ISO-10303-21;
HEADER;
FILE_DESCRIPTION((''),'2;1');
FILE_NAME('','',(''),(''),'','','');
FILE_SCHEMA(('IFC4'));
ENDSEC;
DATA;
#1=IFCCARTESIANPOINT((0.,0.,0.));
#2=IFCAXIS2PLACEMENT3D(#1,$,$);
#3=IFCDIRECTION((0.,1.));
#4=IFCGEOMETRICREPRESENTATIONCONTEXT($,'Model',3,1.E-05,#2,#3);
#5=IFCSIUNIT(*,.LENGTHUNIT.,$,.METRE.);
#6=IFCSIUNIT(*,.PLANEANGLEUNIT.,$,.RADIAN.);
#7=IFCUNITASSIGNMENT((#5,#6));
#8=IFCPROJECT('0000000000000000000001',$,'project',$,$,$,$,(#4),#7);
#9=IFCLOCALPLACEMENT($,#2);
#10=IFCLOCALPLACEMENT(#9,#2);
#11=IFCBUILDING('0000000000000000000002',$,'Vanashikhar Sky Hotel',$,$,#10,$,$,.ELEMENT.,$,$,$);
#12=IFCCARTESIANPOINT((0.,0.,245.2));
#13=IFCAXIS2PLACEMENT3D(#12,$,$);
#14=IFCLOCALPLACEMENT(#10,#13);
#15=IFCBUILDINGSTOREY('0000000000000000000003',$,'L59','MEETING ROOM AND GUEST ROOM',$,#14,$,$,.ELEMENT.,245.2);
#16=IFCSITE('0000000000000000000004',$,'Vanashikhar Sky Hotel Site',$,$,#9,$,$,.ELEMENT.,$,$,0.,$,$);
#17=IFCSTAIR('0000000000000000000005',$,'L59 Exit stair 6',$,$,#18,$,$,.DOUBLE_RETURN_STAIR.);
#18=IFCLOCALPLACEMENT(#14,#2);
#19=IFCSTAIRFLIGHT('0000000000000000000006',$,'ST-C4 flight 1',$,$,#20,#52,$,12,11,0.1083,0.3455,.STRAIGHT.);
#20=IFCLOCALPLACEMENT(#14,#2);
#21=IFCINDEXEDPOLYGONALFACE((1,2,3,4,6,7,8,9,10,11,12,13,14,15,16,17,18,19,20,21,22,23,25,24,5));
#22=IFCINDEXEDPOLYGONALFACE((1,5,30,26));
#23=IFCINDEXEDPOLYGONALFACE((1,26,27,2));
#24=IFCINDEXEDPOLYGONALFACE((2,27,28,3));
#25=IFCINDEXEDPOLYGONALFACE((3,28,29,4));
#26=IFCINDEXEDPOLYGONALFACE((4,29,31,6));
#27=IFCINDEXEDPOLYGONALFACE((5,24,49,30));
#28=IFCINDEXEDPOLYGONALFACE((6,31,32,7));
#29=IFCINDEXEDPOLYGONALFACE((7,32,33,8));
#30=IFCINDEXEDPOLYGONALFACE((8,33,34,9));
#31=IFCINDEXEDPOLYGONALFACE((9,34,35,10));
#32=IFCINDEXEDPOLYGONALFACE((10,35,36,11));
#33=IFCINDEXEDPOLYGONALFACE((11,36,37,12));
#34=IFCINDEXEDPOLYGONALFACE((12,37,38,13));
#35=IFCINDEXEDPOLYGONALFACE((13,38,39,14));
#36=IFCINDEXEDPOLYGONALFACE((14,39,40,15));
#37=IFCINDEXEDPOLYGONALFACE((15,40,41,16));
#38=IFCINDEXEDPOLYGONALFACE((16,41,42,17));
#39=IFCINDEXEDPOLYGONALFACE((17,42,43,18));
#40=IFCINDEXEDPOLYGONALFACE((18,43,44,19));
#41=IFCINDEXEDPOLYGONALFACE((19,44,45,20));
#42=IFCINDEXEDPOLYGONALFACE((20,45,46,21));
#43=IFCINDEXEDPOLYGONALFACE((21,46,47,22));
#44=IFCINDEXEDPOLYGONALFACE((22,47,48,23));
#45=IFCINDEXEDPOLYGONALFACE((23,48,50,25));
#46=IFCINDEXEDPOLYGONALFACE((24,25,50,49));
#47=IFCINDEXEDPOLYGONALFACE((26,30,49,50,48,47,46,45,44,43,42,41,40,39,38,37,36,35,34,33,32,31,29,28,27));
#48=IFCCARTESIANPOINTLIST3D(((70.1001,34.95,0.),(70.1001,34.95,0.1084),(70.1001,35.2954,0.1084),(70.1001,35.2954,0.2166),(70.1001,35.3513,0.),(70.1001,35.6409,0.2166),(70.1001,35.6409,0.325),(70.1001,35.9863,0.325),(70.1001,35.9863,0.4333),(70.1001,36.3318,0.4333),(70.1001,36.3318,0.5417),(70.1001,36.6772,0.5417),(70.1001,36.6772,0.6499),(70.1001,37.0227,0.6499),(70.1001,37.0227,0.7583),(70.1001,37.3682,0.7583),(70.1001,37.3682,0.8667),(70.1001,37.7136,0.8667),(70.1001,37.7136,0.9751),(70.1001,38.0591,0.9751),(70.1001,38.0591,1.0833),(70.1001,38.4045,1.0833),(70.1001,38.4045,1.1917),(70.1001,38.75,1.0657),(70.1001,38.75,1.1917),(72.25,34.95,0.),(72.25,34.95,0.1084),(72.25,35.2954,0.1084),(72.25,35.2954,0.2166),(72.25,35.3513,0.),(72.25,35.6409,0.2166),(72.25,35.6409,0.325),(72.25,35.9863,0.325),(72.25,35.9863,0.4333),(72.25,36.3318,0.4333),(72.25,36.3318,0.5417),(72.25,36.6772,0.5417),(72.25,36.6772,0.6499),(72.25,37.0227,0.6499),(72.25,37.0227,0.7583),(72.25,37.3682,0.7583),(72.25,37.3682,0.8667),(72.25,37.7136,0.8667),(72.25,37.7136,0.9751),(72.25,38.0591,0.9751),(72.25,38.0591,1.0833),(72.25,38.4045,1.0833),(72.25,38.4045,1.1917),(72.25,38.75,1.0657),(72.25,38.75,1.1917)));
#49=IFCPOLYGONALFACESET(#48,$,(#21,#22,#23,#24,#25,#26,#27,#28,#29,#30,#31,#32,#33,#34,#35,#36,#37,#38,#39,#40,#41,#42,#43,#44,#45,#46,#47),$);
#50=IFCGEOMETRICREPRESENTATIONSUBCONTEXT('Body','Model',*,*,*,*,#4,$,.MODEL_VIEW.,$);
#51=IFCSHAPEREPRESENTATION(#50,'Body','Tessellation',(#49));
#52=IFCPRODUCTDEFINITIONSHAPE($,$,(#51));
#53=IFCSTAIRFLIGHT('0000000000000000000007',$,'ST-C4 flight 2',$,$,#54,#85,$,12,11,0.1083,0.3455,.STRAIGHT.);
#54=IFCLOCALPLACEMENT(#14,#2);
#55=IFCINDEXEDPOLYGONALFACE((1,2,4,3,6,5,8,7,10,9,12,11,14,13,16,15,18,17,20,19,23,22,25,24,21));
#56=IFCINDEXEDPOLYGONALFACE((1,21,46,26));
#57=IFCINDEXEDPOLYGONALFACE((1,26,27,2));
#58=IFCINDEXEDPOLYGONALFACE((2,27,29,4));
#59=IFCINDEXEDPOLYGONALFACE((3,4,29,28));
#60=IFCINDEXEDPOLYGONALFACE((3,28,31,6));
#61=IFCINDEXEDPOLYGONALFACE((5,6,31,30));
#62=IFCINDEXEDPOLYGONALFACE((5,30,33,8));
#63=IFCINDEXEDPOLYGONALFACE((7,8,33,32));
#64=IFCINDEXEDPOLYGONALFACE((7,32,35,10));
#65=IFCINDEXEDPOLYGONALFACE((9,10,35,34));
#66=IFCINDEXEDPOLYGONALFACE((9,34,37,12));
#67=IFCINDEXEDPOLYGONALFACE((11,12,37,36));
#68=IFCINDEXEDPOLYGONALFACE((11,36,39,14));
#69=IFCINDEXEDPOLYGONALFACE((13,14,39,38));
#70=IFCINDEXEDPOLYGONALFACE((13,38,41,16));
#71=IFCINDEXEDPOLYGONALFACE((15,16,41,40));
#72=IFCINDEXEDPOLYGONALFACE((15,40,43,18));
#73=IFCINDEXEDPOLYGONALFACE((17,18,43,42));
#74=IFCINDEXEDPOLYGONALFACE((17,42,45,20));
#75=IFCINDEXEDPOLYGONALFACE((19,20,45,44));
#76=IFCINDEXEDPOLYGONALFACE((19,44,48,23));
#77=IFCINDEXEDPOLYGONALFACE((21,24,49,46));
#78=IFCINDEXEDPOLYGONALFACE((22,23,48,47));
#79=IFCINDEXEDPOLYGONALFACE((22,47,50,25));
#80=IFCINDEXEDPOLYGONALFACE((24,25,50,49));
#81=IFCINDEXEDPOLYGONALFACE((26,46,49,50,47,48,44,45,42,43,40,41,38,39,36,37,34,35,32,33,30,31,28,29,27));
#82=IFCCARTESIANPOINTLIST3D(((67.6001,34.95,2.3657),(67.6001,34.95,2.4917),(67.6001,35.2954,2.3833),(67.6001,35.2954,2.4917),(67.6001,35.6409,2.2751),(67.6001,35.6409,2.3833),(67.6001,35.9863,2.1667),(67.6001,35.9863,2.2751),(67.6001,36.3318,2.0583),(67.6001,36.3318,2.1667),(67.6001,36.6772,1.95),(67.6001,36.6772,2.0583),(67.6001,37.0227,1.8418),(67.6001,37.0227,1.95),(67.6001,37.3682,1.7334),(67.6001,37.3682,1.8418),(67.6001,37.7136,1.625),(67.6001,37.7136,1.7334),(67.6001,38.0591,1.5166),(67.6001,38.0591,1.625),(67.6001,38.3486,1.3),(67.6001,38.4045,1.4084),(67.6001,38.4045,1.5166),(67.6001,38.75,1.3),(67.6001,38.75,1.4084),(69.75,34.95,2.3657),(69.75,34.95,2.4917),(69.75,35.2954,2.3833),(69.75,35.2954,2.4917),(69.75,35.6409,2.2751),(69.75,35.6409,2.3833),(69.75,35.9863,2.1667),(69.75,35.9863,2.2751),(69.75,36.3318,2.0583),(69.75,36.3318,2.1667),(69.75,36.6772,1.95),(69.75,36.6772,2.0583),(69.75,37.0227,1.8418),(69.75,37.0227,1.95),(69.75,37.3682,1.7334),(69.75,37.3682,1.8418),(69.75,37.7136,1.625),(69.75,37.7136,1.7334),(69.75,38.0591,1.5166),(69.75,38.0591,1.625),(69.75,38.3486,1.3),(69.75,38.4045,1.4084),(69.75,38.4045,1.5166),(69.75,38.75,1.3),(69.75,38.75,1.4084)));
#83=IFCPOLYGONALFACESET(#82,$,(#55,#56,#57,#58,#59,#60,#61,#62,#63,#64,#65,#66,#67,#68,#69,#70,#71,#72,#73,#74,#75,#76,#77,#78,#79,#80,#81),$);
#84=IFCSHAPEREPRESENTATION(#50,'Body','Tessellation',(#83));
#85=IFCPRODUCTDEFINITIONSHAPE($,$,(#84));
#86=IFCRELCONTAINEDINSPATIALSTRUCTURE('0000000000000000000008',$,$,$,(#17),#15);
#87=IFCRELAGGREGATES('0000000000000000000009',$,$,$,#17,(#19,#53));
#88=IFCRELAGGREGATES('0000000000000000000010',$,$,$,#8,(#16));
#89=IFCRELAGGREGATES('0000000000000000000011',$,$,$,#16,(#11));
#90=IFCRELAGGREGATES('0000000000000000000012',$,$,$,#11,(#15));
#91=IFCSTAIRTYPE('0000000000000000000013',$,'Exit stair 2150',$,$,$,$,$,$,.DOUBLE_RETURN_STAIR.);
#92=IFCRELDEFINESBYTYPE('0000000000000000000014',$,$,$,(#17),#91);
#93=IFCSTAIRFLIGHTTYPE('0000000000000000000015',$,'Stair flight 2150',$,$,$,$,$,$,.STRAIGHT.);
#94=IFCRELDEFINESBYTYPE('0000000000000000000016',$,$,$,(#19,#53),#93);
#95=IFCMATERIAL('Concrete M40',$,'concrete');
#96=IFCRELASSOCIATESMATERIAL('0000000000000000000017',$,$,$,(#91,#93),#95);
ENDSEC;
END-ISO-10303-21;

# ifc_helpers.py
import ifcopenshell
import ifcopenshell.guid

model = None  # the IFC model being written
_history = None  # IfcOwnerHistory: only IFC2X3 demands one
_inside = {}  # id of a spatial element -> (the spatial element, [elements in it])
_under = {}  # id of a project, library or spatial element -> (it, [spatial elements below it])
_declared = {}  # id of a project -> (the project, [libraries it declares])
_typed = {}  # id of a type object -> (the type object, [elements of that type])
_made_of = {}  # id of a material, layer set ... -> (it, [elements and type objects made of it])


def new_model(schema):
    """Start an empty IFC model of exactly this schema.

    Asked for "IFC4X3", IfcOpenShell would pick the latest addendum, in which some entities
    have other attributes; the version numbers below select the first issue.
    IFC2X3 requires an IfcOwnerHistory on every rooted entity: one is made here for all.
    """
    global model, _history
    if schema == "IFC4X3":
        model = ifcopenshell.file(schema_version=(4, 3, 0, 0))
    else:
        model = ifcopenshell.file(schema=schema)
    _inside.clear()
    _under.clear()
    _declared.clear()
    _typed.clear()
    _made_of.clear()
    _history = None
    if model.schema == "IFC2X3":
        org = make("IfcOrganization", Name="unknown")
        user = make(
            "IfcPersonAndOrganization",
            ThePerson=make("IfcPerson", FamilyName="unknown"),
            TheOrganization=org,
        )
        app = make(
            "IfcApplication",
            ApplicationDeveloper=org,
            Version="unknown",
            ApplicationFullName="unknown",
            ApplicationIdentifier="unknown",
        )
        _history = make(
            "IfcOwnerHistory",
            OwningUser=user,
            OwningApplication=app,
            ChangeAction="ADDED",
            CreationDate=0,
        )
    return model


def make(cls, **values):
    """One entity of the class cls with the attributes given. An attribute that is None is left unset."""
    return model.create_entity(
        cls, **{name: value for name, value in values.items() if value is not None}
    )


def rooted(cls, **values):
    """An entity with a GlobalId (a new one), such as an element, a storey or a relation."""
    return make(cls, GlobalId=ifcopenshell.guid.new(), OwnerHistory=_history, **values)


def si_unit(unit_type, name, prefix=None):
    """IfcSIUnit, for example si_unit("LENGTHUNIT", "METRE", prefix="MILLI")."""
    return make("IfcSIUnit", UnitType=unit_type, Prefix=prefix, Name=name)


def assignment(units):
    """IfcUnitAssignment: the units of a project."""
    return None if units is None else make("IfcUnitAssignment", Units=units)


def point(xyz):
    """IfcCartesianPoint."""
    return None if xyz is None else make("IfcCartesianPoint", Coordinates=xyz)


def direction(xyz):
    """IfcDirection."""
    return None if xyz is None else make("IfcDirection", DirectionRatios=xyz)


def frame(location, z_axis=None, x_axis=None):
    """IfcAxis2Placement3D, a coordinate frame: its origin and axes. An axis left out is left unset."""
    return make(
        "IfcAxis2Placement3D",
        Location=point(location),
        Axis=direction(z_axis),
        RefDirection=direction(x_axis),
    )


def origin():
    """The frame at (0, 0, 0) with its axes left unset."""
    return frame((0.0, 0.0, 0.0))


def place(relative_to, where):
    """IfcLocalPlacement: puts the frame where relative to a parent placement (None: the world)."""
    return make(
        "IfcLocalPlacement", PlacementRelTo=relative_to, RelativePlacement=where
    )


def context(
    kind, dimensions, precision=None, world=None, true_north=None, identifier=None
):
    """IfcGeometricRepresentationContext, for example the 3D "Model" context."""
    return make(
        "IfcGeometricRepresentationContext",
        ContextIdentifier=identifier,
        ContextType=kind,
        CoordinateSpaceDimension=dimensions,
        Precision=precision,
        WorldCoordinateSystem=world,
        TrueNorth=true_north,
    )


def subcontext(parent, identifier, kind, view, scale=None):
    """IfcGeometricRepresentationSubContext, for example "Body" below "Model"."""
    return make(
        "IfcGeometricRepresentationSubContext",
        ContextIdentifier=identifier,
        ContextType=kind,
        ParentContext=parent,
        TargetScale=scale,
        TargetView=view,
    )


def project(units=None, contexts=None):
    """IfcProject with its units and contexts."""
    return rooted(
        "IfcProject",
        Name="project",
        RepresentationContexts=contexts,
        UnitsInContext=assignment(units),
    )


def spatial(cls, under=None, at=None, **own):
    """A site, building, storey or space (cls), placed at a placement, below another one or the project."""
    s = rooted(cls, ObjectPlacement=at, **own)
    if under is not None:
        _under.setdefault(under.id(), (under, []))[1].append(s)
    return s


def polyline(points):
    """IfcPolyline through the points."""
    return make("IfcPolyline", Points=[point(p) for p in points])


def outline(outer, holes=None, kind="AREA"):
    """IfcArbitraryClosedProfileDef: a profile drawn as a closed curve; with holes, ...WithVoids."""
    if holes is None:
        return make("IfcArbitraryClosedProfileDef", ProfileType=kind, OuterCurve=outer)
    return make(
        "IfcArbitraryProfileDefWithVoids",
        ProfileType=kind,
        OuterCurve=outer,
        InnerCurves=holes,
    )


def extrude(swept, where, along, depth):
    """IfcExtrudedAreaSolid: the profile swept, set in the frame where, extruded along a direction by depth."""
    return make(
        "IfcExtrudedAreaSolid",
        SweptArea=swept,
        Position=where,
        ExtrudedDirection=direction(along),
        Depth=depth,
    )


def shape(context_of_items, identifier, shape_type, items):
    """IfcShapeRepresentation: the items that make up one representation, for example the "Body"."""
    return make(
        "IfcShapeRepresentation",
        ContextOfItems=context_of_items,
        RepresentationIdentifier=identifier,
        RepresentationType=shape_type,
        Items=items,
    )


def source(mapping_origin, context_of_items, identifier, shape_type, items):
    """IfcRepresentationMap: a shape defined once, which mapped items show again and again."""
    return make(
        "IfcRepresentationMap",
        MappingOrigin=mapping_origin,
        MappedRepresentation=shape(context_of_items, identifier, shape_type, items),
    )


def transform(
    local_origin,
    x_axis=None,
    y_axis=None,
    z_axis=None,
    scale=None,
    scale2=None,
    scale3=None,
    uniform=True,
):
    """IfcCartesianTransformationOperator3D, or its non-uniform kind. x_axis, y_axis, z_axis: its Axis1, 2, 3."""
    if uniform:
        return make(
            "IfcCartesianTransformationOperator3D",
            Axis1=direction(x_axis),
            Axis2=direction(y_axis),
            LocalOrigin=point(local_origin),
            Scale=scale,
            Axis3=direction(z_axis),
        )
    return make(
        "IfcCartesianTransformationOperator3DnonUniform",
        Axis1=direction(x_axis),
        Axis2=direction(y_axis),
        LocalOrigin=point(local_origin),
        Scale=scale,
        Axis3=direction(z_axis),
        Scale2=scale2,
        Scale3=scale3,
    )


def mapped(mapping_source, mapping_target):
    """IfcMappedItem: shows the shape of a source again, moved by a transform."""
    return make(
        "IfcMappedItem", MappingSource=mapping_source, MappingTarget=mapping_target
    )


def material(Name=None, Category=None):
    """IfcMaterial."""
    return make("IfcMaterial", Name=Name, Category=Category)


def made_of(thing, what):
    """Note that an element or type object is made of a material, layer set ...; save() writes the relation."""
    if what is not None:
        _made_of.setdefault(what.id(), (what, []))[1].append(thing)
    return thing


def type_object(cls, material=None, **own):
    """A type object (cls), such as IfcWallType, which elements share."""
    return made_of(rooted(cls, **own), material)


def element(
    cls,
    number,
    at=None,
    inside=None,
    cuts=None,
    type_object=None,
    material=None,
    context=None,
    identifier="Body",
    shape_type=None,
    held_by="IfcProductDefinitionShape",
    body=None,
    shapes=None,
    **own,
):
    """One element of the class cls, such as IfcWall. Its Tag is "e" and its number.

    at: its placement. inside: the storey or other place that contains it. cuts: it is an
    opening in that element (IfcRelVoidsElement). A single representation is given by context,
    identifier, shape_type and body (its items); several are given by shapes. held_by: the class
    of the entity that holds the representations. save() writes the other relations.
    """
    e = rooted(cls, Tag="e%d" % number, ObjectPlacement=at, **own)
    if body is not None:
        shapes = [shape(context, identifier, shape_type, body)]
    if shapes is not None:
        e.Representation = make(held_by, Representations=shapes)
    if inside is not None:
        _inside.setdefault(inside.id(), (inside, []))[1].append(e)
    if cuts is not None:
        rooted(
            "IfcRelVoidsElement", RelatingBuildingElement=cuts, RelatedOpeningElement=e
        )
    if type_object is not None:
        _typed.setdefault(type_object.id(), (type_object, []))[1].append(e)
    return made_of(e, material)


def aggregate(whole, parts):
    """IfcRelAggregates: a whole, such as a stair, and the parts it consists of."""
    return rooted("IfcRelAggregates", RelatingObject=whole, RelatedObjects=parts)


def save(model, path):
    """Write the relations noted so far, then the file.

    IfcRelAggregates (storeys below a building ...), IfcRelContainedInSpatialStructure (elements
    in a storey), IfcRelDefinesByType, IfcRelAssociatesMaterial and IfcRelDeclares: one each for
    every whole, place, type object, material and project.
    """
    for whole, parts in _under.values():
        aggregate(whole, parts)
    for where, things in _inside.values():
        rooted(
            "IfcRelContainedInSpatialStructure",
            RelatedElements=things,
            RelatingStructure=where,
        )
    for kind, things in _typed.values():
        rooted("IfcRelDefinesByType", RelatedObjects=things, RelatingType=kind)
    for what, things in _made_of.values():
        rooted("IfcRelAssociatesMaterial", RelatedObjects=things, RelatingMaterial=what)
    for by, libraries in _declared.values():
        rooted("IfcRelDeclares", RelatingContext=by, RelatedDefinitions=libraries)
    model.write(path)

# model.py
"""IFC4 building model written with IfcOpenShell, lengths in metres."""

from ifc_helpers import new_model, si_unit, direction, frame, origin, place, context, subcontext, project, spatial, polyline, outline, extrude, source, transform, mapped, material, type_object, element, aggregate, save


model = new_model("IFC4")

# Units and contexts
model_context = context("Model", 3, precision=1e-05, world=origin(), true_north=direction((0.0, 1.0)))
body_context = subcontext(model_context, "Body", "Model", "MODEL_VIEW")
ifc_project = project(units=[si_unit("LENGTHUNIT", "METRE"), si_unit("PLANEANGLEUNIT", "RADIAN")], contexts=[model_context])

# Site, building, storey
site_placement = place(None, origin())
site = spatial("IfcSite", under=ifc_project, at=site_placement, Name="Vanashikhar Sky Hotel Site", CompositionType="ELEMENT", RefElevation=0.0)
building_placement = place(site_placement, origin())
building = spatial("IfcBuilding", under=site, at=building_placement, Name="Vanashikhar Sky Hotel", CompositionType="ELEMENT")
storey_placement = place(building_placement, frame((0.0, 0.0, 245.2)))
storey = spatial("IfcBuildingStorey", under=building, at=storey_placement, Name="L59", Description="MEETING ROOM AND GUEST ROOM", CompositionType="ELEMENT", Elevation=245.2)

# Stair, stair flights
ifc_material_1 = material(Name="Concrete M40", Category="concrete")
stair_type = type_object("IfcStairType", Name="Exit stair 2150", PredefinedType="DOUBLE_RETURN_STAIR", material=ifc_material_1)
stair_flight_type = type_object("IfcStairFlightType", Name="Stair flight 2150", PredefinedType="STRAIGHT", material=ifc_material_1)
shared_shape_1 = source(origin(), body_context, "Body", "SweptSolid", [
    extrude(outline(polyline([(0.0, 0.0), (0.0, 0.1084), (0.3455, 0.1084), (0.3455, 0.2166), (0.6909, 0.2166), (0.6909, 0.325), (1.0364, 0.325), (1.0364, 0.4333), (1.3818, 0.4333), (1.3818, 0.5417), (1.7273, 0.5417), (1.7273, 0.6499), (2.0728, 0.6499), (2.0728, 0.7583), (2.4182, 0.7583), (2.4182, 0.8667), (2.7637, 0.8667), (2.7637, 0.9751), (3.1091, 0.9751), (3.1091, 1.0833), (3.4546, 1.0833), (3.4546, 1.1917), (3.8, 1.1917), (3.8, 1.3), (3.8, 1.0657), (0.4014, 0.0), (0.0, 0.0)])), frame((0.0, 1.075, 0.0), z_axis=(0.0, -1.0, 0.0), x_axis=(1.0, 0.0, 0.0)), (0.0, 0.0, 1.0), 2.1499),
])
stair_1_placement = place(storey_placement, origin())
stair_1 = element("IfcStair", 1, at=stair_1_placement, inside=storey, type_object=stair_type, Name="L59 Exit stair 6", PredefinedType="DOUBLE_RETURN_STAIR")
stair_flight_1_placement = place(storey_placement, frame((71.175, 34.95, 0.0), z_axis=(0.0, 0.0, 1.0), x_axis=(0.0, 1.0, 0.0)))
stair_flight_1 = element("IfcStairFlight", 2, at=stair_flight_1_placement, type_object=stair_flight_type, Name="ST-C4 flight 1", NumberOfRisers=12, NumberOfTreads=11, PredefinedType="STRAIGHT", RiserHeight=0.1083, TreadLength=0.3455, context=body_context, shape_type="MappedRepresentation", body=[
    mapped(shared_shape_1, transform((0.0, 0.0, 0.0), scale=1.0)),
])
stair_flight_2_placement = place(storey_placement, frame((68.675, 38.75, 1.3), z_axis=(0.0, 0.0, 1.0), x_axis=(0.0, -1.0, 0.0)))
stair_flight_2 = element("IfcStairFlight", 3, at=stair_flight_2_placement, type_object=stair_flight_type, Name="ST-C4 flight 2", NumberOfRisers=12, NumberOfTreads=11, PredefinedType="STRAIGHT", RiserHeight=0.1083, TreadLength=0.3455, context=body_context, shape_type="MappedRepresentation", body=[
    mapped(shared_shape_1, transform((0.0, 0.0, 0.0), scale=1.0)),
])
aggregate(stair_1, [stair_flight_1, stair_flight_2])

save(model, "model.ifc")
